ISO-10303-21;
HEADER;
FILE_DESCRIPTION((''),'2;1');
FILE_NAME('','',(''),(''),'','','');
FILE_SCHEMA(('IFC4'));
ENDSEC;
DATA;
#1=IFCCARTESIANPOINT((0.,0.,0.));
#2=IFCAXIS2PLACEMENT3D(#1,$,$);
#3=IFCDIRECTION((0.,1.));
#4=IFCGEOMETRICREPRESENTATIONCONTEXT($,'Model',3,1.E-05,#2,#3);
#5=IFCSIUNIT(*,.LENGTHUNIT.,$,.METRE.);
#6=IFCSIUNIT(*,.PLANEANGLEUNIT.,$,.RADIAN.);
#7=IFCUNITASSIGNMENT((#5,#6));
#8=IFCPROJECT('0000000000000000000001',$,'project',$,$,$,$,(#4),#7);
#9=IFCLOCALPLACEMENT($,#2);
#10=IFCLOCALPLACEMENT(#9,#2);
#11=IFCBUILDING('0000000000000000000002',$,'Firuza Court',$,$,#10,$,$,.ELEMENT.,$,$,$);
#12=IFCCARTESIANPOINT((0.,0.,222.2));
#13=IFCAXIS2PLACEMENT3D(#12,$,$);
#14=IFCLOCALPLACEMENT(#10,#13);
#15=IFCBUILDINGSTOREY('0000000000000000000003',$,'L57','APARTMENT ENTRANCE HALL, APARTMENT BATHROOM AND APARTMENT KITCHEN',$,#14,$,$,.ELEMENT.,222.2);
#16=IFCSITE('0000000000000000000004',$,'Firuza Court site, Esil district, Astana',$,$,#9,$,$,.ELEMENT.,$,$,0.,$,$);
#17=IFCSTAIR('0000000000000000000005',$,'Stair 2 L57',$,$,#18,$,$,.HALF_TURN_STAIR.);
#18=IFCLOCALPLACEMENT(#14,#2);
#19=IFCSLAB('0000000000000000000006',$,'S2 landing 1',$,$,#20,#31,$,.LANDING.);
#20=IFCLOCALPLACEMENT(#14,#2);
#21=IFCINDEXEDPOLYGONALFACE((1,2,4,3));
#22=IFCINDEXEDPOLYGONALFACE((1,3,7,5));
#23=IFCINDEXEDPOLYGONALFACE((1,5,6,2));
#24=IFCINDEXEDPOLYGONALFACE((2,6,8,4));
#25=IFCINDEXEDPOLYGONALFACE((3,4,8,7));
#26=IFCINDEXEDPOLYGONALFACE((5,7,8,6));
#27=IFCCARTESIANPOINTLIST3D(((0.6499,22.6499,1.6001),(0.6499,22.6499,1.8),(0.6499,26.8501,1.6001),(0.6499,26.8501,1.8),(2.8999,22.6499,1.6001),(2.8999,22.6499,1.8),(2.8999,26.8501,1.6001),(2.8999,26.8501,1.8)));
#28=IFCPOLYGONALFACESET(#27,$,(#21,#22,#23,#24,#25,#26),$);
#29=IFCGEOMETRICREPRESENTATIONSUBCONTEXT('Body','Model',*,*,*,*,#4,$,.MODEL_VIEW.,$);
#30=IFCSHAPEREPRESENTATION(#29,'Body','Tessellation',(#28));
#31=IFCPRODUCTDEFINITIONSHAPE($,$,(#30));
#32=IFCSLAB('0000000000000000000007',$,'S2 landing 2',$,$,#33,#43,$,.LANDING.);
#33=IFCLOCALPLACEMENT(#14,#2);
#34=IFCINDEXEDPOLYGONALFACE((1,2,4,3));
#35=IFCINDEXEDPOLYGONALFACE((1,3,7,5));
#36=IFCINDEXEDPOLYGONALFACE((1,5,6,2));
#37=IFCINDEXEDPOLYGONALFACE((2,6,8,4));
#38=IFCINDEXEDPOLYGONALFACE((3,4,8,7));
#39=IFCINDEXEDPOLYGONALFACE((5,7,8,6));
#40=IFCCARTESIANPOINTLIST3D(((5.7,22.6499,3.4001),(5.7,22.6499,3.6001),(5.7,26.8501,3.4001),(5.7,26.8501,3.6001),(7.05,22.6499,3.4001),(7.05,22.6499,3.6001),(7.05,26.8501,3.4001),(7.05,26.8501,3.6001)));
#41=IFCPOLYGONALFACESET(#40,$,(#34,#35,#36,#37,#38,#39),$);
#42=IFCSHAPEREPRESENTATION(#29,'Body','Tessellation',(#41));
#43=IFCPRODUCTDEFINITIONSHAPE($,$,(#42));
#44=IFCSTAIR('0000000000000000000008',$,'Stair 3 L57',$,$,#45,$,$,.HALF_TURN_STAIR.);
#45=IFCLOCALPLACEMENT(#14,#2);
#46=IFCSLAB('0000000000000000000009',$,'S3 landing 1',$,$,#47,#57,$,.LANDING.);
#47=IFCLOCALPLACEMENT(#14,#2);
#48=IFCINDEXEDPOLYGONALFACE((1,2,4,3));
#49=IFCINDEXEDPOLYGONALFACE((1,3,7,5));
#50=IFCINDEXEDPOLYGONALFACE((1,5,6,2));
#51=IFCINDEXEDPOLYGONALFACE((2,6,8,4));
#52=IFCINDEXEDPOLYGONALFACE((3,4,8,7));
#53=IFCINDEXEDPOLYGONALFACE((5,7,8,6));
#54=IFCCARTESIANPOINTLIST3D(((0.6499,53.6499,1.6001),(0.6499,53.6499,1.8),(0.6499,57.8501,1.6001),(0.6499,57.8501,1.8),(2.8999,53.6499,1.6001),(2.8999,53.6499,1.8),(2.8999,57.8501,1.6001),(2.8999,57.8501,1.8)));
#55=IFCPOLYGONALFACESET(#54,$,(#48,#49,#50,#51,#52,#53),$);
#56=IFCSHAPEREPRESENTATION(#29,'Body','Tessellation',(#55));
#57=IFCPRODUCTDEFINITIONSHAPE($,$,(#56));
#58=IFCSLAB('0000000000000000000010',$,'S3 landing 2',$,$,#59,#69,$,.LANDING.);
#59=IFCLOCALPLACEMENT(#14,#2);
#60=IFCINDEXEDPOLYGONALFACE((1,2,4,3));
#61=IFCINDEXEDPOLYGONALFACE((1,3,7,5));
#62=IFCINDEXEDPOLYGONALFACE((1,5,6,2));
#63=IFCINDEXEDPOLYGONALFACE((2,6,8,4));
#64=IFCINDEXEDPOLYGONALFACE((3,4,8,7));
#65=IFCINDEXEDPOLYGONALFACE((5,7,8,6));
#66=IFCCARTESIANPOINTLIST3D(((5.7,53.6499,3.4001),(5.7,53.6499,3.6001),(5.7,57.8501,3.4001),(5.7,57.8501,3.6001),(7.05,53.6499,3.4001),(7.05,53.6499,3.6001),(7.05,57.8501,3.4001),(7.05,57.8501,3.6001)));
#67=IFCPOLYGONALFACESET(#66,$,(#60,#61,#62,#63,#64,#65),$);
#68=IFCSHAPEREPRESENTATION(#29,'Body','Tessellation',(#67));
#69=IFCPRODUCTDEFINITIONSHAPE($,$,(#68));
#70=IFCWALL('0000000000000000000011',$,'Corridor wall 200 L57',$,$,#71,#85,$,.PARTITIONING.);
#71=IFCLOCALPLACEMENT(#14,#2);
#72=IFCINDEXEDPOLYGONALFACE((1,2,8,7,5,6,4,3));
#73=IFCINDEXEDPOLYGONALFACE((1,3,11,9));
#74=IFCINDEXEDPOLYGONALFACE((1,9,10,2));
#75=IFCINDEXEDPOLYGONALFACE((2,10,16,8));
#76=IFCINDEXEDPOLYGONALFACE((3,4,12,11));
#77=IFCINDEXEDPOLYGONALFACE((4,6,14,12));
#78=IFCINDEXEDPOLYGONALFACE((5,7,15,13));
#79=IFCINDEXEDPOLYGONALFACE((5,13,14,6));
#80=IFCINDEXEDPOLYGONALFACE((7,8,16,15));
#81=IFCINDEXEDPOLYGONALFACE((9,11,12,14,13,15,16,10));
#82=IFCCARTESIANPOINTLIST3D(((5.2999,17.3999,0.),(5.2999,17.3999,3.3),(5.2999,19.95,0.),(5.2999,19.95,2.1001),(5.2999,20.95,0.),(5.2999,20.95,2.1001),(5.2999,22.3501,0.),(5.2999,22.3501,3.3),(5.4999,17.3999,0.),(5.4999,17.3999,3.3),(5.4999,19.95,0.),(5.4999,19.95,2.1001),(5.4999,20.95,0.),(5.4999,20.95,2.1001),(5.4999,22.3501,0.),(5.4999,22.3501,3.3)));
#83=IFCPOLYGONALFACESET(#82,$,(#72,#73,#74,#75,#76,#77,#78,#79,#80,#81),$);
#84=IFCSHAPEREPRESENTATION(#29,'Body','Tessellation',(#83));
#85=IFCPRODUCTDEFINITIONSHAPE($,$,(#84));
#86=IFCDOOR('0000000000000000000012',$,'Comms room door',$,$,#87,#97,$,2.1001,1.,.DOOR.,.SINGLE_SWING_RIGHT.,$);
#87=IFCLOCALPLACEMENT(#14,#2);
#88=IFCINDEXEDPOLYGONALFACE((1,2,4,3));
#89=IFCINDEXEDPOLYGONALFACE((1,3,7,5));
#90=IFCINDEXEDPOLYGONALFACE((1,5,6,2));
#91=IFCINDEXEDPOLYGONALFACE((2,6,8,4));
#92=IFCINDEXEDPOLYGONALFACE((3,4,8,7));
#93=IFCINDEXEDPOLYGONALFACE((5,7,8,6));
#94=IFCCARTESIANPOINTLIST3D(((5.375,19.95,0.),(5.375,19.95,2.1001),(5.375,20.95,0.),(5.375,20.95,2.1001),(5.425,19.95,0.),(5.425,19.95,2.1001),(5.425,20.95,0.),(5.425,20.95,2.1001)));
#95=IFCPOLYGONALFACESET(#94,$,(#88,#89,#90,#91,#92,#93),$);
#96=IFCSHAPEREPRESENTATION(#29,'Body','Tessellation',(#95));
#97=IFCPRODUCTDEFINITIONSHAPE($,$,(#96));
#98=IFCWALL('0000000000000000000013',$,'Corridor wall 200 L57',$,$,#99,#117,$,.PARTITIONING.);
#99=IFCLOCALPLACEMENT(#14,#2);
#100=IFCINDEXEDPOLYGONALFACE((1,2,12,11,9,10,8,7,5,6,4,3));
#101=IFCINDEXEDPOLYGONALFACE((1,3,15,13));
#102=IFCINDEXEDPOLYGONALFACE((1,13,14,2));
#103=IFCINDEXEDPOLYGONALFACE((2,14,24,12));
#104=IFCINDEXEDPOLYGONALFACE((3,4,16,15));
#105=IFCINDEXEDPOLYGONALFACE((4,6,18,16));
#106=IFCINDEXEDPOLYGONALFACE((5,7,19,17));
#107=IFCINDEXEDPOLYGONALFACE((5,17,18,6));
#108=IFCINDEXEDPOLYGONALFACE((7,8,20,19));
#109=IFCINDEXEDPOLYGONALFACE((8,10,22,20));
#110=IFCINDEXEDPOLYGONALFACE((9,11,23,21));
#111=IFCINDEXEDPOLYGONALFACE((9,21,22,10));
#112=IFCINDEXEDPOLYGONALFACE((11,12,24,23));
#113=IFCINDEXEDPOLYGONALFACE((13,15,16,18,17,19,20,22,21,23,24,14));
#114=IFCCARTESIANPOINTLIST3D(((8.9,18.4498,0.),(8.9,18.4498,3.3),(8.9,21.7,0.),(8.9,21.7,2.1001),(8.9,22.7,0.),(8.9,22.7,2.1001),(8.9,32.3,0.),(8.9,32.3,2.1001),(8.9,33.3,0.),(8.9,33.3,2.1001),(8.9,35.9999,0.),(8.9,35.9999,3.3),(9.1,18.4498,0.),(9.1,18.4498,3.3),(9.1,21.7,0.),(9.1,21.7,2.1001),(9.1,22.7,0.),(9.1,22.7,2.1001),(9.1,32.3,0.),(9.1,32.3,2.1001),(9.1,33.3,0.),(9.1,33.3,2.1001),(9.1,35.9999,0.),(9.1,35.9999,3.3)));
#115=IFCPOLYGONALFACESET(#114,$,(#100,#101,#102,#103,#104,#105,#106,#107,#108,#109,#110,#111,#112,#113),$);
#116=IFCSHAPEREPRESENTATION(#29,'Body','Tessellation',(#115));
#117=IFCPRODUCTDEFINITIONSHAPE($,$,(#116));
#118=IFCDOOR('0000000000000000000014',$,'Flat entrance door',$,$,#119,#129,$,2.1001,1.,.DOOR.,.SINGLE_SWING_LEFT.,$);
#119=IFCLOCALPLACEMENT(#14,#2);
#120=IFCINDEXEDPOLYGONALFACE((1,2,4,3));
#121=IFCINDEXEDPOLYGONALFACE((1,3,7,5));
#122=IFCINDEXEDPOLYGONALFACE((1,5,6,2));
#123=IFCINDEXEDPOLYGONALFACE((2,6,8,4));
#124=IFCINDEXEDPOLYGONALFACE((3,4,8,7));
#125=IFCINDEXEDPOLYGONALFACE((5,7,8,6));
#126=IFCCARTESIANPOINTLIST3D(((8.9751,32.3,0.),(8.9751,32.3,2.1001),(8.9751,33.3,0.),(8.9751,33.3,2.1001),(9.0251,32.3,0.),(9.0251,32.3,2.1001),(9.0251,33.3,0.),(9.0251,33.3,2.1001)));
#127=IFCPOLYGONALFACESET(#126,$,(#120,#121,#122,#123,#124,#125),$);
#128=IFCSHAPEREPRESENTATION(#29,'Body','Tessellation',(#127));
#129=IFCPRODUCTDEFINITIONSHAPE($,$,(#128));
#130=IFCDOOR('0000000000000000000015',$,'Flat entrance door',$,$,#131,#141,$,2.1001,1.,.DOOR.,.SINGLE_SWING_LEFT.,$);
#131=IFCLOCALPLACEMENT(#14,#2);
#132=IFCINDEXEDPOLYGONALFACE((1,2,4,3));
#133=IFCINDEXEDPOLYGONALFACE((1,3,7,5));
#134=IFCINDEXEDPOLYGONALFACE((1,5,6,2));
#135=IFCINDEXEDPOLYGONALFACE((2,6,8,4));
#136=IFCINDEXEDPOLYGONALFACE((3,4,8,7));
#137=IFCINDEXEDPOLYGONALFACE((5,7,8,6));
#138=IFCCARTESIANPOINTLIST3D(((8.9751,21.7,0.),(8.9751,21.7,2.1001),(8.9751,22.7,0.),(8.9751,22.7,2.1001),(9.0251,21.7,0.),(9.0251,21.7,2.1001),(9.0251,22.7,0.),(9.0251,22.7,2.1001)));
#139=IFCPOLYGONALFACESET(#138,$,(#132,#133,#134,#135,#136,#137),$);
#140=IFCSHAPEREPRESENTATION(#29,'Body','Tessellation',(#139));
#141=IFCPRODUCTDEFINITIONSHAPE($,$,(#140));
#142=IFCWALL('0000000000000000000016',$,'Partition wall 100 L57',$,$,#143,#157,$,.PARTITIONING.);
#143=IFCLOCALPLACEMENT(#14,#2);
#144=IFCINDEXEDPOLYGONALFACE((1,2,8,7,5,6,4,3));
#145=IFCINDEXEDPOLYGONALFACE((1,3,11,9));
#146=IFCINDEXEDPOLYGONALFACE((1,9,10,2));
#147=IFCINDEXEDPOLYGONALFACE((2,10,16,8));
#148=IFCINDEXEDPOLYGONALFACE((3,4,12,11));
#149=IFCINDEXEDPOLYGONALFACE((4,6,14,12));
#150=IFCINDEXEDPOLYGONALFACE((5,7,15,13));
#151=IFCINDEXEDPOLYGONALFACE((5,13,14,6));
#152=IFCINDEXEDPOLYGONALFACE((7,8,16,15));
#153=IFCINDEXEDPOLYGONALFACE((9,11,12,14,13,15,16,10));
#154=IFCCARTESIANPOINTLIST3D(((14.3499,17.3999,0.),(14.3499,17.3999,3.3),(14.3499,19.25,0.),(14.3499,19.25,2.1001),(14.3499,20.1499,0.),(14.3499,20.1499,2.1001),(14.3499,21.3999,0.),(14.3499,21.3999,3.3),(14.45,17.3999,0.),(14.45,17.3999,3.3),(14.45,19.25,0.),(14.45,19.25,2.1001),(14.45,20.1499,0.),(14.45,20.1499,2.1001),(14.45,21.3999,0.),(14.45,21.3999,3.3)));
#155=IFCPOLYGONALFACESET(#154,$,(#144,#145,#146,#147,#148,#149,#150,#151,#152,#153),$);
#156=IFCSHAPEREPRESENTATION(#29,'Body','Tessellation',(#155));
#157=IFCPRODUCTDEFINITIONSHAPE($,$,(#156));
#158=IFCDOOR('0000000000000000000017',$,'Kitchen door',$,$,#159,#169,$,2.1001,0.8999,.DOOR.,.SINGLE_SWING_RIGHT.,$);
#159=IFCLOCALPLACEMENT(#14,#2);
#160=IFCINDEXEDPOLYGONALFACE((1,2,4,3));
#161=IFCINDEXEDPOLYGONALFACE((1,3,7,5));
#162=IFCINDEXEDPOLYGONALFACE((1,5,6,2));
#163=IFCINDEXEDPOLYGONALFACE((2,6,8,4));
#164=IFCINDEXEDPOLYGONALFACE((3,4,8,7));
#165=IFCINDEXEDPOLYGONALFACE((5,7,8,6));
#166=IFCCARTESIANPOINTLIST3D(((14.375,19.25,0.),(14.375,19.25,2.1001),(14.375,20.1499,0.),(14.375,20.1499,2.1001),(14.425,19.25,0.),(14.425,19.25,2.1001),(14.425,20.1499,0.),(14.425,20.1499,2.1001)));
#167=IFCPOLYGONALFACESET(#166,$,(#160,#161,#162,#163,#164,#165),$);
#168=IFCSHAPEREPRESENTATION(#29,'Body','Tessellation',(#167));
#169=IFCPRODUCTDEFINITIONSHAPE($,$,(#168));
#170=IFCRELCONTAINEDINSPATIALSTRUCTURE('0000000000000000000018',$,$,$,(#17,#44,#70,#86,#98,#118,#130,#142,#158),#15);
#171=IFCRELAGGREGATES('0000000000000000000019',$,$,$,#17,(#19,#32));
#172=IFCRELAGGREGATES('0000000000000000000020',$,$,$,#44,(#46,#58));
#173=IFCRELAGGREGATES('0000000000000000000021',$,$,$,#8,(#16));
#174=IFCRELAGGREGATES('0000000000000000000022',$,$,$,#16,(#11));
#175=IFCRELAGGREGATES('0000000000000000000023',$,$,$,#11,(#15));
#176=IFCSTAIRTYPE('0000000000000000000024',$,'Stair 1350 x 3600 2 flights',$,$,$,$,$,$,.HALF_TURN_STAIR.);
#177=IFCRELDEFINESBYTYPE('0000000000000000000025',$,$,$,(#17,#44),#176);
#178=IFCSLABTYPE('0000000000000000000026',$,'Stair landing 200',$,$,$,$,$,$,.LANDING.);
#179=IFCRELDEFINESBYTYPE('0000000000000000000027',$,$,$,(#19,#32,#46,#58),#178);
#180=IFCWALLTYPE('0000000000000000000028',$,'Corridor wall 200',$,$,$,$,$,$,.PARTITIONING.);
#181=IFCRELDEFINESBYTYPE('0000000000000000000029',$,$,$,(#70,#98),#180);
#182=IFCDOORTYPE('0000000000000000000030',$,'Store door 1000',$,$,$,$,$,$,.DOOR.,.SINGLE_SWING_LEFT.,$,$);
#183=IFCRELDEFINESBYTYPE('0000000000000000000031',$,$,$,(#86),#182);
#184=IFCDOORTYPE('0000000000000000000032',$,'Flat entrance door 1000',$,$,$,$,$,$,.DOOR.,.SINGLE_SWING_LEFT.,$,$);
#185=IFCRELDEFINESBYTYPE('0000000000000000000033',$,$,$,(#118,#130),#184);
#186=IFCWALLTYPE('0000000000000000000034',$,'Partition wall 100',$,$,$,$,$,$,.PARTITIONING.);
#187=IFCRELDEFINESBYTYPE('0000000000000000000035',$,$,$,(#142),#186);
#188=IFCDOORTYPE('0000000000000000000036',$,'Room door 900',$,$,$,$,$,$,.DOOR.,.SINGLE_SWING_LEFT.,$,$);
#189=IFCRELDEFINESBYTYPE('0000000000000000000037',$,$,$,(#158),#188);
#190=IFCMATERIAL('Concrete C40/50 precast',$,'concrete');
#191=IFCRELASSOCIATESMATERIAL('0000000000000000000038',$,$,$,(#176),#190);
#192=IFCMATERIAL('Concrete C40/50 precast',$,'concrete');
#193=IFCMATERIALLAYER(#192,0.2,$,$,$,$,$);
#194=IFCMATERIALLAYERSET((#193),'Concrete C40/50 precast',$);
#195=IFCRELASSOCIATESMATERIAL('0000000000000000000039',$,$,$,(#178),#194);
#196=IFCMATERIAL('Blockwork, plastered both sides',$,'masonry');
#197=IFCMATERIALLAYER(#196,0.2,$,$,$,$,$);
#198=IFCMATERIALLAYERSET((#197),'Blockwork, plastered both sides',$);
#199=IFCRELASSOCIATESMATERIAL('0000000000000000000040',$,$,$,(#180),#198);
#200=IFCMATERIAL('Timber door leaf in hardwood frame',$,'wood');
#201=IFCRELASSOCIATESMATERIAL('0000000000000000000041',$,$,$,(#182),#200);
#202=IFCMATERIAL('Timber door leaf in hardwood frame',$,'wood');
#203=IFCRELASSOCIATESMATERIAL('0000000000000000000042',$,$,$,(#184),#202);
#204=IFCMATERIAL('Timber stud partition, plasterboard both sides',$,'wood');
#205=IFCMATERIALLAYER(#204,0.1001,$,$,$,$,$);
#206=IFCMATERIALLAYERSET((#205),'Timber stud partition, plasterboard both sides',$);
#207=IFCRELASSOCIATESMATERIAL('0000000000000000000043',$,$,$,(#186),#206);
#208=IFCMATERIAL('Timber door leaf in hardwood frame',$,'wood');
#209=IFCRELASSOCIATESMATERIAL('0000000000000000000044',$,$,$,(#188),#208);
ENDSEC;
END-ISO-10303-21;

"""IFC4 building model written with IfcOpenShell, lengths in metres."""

from ifc_helpers import new_model, si_unit, direction, frame, frame_2d, origin, place, context, subcontext, project, spatial, polyline, rectangle, outline, extrude, material, layer, layer_set, type_object, element, fill, aggregate, save


model = new_model("IFC4")

# Units and contexts
model_context = context("Model", 3, precision=1e-05, world=origin(), true_north=direction((0.0, 1.0)))
body_context = subcontext(model_context, "Body", "Model", "MODEL_VIEW")
ifc_project = project(units=[si_unit("LENGTHUNIT", "METRE"), si_unit("PLANEANGLEUNIT", "RADIAN")], contexts=[model_context])

# Site, building, storey
site_placement = place(None, origin())
site = spatial("IfcSite", under=ifc_project, at=site_placement, Name="Firuza Court site, Esil district, Astana", CompositionType="ELEMENT", RefElevation=0.0)
building_placement = place(site_placement, origin())
building = spatial("IfcBuilding", under=site, at=building_placement, Name="Firuza Court", CompositionType="ELEMENT")
storey_placement = place(building_placement, frame((0.0, 0.0, 222.2)))
storey = spatial("IfcBuildingStorey", under=building, at=storey_placement, Name="L57", Description="APARTMENT ENTRANCE HALL, APARTMENT BATHROOM AND APARTMENT KITCHEN", CompositionType="ELEMENT", Elevation=222.2)

# Stairs, slabs
ifc_material_1 = material(Name="Concrete C40/50 precast", Category="concrete")
stair_type = type_object("IfcStairType", Name="Stair 1350 x 3600 2 flights", PredefinedType="HALF_TURN_STAIR", material=ifc_material_1)
ifc_material_2 = material(Name="Concrete C40/50 precast", Category="concrete")
ifc_layer_1 = layer(ifc_material_2, 0.2)
ifc_layer_set_1 = layer_set([ifc_layer_1], Name="Concrete C40/50 precast")
slab_type_1 = type_object("IfcSlabType", Name="Stair landing 200", PredefinedType="LANDING", material=ifc_layer_set_1)
stair_1_placement = place(storey_placement, origin())
stair_1 = element("IfcStair", 1, at=stair_1_placement, inside=storey, type_object=stair_type, Name="Stair 2 L57", PredefinedType="HALF_TURN_STAIR")
slab_1_placement = place(storey_placement, frame((0.0, 0.0, 1.6001)))
slab_1 = element("IfcSlab", 2, at=slab_1_placement, type_object=slab_type_1, Name="S2 landing 1", PredefinedType="LANDING", context=body_context, shape_type="SweptSolid", body=[
    extrude(outline(polyline([(2.8999, 22.6499), (2.8999, 26.8501), (0.6499, 26.8501), (0.6499, 22.6499), (2.8999, 22.6499)])), origin(), (0.0, 0.0, 1.0), 0.2),
])
slab_2_placement = place(storey_placement, frame((0.0, 0.0, 3.4001)))
slab_2 = element("IfcSlab", 3, at=slab_2_placement, type_object=slab_type_1, Name="S2 landing 2", PredefinedType="LANDING", context=body_context, shape_type="SweptSolid", body=[
    extrude(outline(polyline([(7.05, 22.6499), (7.05, 26.8501), (5.7, 26.8501), (5.7, 22.6499), (7.05, 22.6499)])), origin(), (0.0, 0.0, 1.0), 0.2),
])
aggregate(stair_1, [slab_1, slab_2])
stair_2_placement = place(storey_placement, origin())
stair_2 = element("IfcStair", 4, at=stair_2_placement, inside=storey, type_object=stair_type, Name="Stair 3 L57", PredefinedType="HALF_TURN_STAIR")
slab_3_placement = place(storey_placement, frame((0.0, 0.0, 1.6001)))
slab_3 = element("IfcSlab", 5, at=slab_3_placement, type_object=slab_type_1, Name="S3 landing 1", PredefinedType="LANDING", context=body_context, shape_type="SweptSolid", body=[
    extrude(outline(polyline([(2.8999, 53.6499), (2.8999, 57.8501), (0.6499, 57.8501), (0.6499, 53.6499), (2.8999, 53.6499)])), origin(), (0.0, 0.0, 1.0), 0.2),
])
slab_4_placement = place(storey_placement, frame((0.0, 0.0, 3.4001)))
slab_4 = element("IfcSlab", 6, at=slab_4_placement, type_object=slab_type_1, Name="S3 landing 2", PredefinedType="LANDING", context=body_context, shape_type="SweptSolid", body=[
    extrude(outline(polyline([(7.05, 53.6499), (7.05, 57.8501), (5.7, 57.8501), (5.7, 53.6499), (7.05, 53.6499)])), origin(), (0.0, 0.0, 1.0), 0.2),
])
aggregate(stair_2, [slab_3, slab_4])

# Wall, opening, door
ifc_material_3 = material(Name="Blockwork, plastered both sides", Category="masonry")
ifc_layer_2 = layer(ifc_material_3, 0.2)
ifc_layer_set_2 = layer_set([ifc_layer_2], Name="Blockwork, plastered both sides")
wall_type_1 = type_object("IfcWallType", Name="Corridor wall 200", PredefinedType="PARTITIONING", material=ifc_layer_set_2)
wall_1_placement = place(storey_placement, frame((5.3999, 17.3999, 0.0), z_axis=(0.0, 0.0, 1.0), x_axis=(0.0, 1.0, 0.0)))
wall_1 = element("IfcWall", 7, at=wall_1_placement, inside=storey, type_object=wall_type_1, Name="Corridor wall 200 L57", PredefinedType="PARTITIONING", context=body_context, shape_type="SweptSolid", body=[
    extrude(rectangle(XDim=4.9502, YDim=0.2, at=frame_2d((2.4751, 0.0))), origin(), (0.0, 0.0, 1.0), 3.3),
])
opening_1_placement = place(wall_1_placement, frame((2.55, 0.0, 0.0)))
opening_1 = element("IfcOpeningElement", 8, at=opening_1_placement, cuts=wall_1, PredefinedType="OPENING", context=body_context, shape_type="SweptSolid", body=[
    extrude(rectangle(XDim=1.0, YDim=2.1001, at=frame_2d((0.5, 1.05))), frame((0.0, 0.1118, 0.0), z_axis=(0.0, -1.0, 0.0), x_axis=(1.0, 0.0, 0.0)), (0.0, 0.0, 1.0), 0.2239),
])
ifc_material_4 = material(Name="Timber door leaf in hardwood frame", Category="wood")
door_type_1 = type_object("IfcDoorType", Name="Store door 1000", OperationType="SINGLE_SWING_LEFT", PredefinedType="DOOR", material=ifc_material_4)
door_1_placement = place(opening_1_placement, origin())
door_1 = element("IfcDoor", 9, at=door_1_placement, inside=storey, type_object=door_type_1, Name="Comms room door", OperationType="SINGLE_SWING_RIGHT", OverallHeight=2.1001, OverallWidth=1.0, PredefinedType="DOOR", context=body_context, shape_type="SweptSolid", body=[
    extrude(rectangle(XDim=1.0, YDim=2.1001, at=frame_2d((0.5, 1.05))), frame((0.0, 0.0249, 0.0), z_axis=(0.0, -1.0, 0.0), x_axis=(1.0, 0.0, 0.0)), (0.0, 0.0, 1.0), 0.05),
])
fill(opening_1, door_1)

# Wall, openings, doors
wall_2_placement = place(storey_placement, frame((9.0, 18.45, 0.0), z_axis=(0.0, 0.0, 1.0), x_axis=(0.0, 1.0, 0.0)))
wall_2 = element("IfcWall", 10, at=wall_2_placement, inside=storey, type_object=wall_type_1, Name="Corridor wall 200 L57", PredefinedType="PARTITIONING", context=body_context, shape_type="SweptSolid", body=[
    extrude(rectangle(XDim=17.55, YDim=0.2, at=frame_2d((8.7749, 0.0))), origin(), (0.0, 0.0, 1.0), 3.3),
])
opening_2_placement = place(wall_2_placement, frame((13.8501, 0.0, 0.0)))
opening_2 = element("IfcOpeningElement", 11, at=opening_2_placement, cuts=wall_2, PredefinedType="OPENING", context=body_context, shape_type="SweptSolid", body=[
    extrude(rectangle(XDim=1.0, YDim=2.1001, at=frame_2d((0.5, 1.05))), frame((0.0, 0.1118, 0.0), z_axis=(0.0, -1.0, 0.0), x_axis=(1.0, 0.0, 0.0)), (0.0, 0.0, 1.0), 0.2239),
])
opening_3_placement = place(wall_2_placement, frame((3.25, 0.0, 0.0)))
opening_3 = element("IfcOpeningElement", 12, at=opening_3_placement, cuts=wall_2, PredefinedType="OPENING", context=body_context, shape_type="SweptSolid", body=[
    extrude(rectangle(XDim=1.0, YDim=2.1001, at=frame_2d((0.5, 1.05))), frame((0.0, 0.1118, 0.0), z_axis=(0.0, -1.0, 0.0), x_axis=(1.0, 0.0, 0.0)), (0.0, 0.0, 1.0), 0.2239),
])
ifc_material_5 = material(Name="Timber door leaf in hardwood frame", Category="wood")
door_type_2 = type_object("IfcDoorType", Name="Flat entrance door 1000", OperationType="SINGLE_SWING_LEFT", PredefinedType="DOOR", material=ifc_material_5)
door_2_placement = place(opening_2_placement, origin())
door_2 = element("IfcDoor", 13, at=door_2_placement, inside=storey, type_object=door_type_2, Name="Flat entrance door", OperationType="SINGLE_SWING_LEFT", OverallHeight=2.1001, OverallWidth=1.0, PredefinedType="DOOR", context=body_context, shape_type="SweptSolid", body=[
    extrude(rectangle(XDim=1.0, YDim=2.1001, at=frame_2d((0.5, 1.05))), frame((0.0, 0.0249, 0.0), z_axis=(0.0, -1.0, 0.0), x_axis=(1.0, 0.0, 0.0)), (0.0, 0.0, 1.0), 0.05),
])
fill(opening_2, door_2)
door_3_placement = place(opening_3_placement, origin())
door_3 = element("IfcDoor", 14, at=door_3_placement, inside=storey, type_object=door_type_2, Name="Flat entrance door", OperationType="SINGLE_SWING_LEFT", OverallHeight=2.1001, OverallWidth=1.0, PredefinedType="DOOR", context=body_context, shape_type="SweptSolid", body=[
    extrude(rectangle(XDim=1.0, YDim=2.1001, at=frame_2d((0.5, 1.05))), frame((0.0, 0.0249, 0.0), z_axis=(0.0, -1.0, 0.0), x_axis=(1.0, 0.0, 0.0)), (0.0, 0.0, 1.0), 0.05),
])
fill(opening_3, door_3)

# Wall, opening, door
ifc_material_6 = material(Name="Timber stud partition, plasterboard both sides", Category="wood")
ifc_layer_3 = layer(ifc_material_6, 0.1001)
ifc_layer_set_3 = layer_set([ifc_layer_3], Name="Timber stud partition, plasterboard both sides")
wall_type_2 = type_object("IfcWallType", Name="Partition wall 100", PredefinedType="PARTITIONING", material=ifc_layer_set_3)
wall_3_placement = place(storey_placement, frame((14.3999, 17.3999, 0.0), z_axis=(0.0, 0.0, 1.0), x_axis=(0.0, 1.0, 0.0)))
wall_3 = element("IfcWall", 15, at=wall_3_placement, inside=storey, type_object=wall_type_2, Name="Partition wall 100 L57", PredefinedType="PARTITIONING", context=body_context, shape_type="SweptSolid", body=[
    extrude(rectangle(XDim=4.0, YDim=0.1001, at=frame_2d((2.0, 0.0))), origin(), (0.0, 0.0, 1.0), 3.3),
])
opening_4_placement = place(wall_3_placement, frame((1.8501, 0.0, 0.0)))
opening_4 = element("IfcOpeningElement", 16, at=opening_4_placement, cuts=wall_3, PredefinedType="OPENING", context=body_context, shape_type="SweptSolid", body=[
    extrude(rectangle(XDim=0.8999, YDim=2.1001, at=frame_2d((0.45, 1.05))), frame((0.0, 0.062, 0.0), z_axis=(0.0, -1.0, 0.0), x_axis=(1.0, 0.0, 0.0)), (0.0, 0.0, 1.0), 0.124),
])
ifc_material_7 = material(Name="Timber door leaf in hardwood frame", Category="wood")
door_type_3 = type_object("IfcDoorType", Name="Room door 900", OperationType="SINGLE_SWING_LEFT", PredefinedType="DOOR", material=ifc_material_7)
door_4_placement = place(opening_4_placement, origin())
door_4 = element("IfcDoor", 17, at=door_4_placement, inside=storey, type_object=door_type_3, Name="Kitchen door", OperationType="SINGLE_SWING_RIGHT", OverallHeight=2.1001, OverallWidth=0.8999, PredefinedType="DOOR", context=body_context, shape_type="SweptSolid", body=[
    extrude(rectangle(XDim=0.8999, YDim=2.1001, at=frame_2d((0.45, 1.05))), frame((0.0, 0.0249, 0.0), z_axis=(0.0, -1.0, 0.0), x_axis=(1.0, 0.0, 0.0)), (0.0, 0.0, 1.0), 0.05),
])
fill(opening_4, door_4)

save(model, "model.ifc")
